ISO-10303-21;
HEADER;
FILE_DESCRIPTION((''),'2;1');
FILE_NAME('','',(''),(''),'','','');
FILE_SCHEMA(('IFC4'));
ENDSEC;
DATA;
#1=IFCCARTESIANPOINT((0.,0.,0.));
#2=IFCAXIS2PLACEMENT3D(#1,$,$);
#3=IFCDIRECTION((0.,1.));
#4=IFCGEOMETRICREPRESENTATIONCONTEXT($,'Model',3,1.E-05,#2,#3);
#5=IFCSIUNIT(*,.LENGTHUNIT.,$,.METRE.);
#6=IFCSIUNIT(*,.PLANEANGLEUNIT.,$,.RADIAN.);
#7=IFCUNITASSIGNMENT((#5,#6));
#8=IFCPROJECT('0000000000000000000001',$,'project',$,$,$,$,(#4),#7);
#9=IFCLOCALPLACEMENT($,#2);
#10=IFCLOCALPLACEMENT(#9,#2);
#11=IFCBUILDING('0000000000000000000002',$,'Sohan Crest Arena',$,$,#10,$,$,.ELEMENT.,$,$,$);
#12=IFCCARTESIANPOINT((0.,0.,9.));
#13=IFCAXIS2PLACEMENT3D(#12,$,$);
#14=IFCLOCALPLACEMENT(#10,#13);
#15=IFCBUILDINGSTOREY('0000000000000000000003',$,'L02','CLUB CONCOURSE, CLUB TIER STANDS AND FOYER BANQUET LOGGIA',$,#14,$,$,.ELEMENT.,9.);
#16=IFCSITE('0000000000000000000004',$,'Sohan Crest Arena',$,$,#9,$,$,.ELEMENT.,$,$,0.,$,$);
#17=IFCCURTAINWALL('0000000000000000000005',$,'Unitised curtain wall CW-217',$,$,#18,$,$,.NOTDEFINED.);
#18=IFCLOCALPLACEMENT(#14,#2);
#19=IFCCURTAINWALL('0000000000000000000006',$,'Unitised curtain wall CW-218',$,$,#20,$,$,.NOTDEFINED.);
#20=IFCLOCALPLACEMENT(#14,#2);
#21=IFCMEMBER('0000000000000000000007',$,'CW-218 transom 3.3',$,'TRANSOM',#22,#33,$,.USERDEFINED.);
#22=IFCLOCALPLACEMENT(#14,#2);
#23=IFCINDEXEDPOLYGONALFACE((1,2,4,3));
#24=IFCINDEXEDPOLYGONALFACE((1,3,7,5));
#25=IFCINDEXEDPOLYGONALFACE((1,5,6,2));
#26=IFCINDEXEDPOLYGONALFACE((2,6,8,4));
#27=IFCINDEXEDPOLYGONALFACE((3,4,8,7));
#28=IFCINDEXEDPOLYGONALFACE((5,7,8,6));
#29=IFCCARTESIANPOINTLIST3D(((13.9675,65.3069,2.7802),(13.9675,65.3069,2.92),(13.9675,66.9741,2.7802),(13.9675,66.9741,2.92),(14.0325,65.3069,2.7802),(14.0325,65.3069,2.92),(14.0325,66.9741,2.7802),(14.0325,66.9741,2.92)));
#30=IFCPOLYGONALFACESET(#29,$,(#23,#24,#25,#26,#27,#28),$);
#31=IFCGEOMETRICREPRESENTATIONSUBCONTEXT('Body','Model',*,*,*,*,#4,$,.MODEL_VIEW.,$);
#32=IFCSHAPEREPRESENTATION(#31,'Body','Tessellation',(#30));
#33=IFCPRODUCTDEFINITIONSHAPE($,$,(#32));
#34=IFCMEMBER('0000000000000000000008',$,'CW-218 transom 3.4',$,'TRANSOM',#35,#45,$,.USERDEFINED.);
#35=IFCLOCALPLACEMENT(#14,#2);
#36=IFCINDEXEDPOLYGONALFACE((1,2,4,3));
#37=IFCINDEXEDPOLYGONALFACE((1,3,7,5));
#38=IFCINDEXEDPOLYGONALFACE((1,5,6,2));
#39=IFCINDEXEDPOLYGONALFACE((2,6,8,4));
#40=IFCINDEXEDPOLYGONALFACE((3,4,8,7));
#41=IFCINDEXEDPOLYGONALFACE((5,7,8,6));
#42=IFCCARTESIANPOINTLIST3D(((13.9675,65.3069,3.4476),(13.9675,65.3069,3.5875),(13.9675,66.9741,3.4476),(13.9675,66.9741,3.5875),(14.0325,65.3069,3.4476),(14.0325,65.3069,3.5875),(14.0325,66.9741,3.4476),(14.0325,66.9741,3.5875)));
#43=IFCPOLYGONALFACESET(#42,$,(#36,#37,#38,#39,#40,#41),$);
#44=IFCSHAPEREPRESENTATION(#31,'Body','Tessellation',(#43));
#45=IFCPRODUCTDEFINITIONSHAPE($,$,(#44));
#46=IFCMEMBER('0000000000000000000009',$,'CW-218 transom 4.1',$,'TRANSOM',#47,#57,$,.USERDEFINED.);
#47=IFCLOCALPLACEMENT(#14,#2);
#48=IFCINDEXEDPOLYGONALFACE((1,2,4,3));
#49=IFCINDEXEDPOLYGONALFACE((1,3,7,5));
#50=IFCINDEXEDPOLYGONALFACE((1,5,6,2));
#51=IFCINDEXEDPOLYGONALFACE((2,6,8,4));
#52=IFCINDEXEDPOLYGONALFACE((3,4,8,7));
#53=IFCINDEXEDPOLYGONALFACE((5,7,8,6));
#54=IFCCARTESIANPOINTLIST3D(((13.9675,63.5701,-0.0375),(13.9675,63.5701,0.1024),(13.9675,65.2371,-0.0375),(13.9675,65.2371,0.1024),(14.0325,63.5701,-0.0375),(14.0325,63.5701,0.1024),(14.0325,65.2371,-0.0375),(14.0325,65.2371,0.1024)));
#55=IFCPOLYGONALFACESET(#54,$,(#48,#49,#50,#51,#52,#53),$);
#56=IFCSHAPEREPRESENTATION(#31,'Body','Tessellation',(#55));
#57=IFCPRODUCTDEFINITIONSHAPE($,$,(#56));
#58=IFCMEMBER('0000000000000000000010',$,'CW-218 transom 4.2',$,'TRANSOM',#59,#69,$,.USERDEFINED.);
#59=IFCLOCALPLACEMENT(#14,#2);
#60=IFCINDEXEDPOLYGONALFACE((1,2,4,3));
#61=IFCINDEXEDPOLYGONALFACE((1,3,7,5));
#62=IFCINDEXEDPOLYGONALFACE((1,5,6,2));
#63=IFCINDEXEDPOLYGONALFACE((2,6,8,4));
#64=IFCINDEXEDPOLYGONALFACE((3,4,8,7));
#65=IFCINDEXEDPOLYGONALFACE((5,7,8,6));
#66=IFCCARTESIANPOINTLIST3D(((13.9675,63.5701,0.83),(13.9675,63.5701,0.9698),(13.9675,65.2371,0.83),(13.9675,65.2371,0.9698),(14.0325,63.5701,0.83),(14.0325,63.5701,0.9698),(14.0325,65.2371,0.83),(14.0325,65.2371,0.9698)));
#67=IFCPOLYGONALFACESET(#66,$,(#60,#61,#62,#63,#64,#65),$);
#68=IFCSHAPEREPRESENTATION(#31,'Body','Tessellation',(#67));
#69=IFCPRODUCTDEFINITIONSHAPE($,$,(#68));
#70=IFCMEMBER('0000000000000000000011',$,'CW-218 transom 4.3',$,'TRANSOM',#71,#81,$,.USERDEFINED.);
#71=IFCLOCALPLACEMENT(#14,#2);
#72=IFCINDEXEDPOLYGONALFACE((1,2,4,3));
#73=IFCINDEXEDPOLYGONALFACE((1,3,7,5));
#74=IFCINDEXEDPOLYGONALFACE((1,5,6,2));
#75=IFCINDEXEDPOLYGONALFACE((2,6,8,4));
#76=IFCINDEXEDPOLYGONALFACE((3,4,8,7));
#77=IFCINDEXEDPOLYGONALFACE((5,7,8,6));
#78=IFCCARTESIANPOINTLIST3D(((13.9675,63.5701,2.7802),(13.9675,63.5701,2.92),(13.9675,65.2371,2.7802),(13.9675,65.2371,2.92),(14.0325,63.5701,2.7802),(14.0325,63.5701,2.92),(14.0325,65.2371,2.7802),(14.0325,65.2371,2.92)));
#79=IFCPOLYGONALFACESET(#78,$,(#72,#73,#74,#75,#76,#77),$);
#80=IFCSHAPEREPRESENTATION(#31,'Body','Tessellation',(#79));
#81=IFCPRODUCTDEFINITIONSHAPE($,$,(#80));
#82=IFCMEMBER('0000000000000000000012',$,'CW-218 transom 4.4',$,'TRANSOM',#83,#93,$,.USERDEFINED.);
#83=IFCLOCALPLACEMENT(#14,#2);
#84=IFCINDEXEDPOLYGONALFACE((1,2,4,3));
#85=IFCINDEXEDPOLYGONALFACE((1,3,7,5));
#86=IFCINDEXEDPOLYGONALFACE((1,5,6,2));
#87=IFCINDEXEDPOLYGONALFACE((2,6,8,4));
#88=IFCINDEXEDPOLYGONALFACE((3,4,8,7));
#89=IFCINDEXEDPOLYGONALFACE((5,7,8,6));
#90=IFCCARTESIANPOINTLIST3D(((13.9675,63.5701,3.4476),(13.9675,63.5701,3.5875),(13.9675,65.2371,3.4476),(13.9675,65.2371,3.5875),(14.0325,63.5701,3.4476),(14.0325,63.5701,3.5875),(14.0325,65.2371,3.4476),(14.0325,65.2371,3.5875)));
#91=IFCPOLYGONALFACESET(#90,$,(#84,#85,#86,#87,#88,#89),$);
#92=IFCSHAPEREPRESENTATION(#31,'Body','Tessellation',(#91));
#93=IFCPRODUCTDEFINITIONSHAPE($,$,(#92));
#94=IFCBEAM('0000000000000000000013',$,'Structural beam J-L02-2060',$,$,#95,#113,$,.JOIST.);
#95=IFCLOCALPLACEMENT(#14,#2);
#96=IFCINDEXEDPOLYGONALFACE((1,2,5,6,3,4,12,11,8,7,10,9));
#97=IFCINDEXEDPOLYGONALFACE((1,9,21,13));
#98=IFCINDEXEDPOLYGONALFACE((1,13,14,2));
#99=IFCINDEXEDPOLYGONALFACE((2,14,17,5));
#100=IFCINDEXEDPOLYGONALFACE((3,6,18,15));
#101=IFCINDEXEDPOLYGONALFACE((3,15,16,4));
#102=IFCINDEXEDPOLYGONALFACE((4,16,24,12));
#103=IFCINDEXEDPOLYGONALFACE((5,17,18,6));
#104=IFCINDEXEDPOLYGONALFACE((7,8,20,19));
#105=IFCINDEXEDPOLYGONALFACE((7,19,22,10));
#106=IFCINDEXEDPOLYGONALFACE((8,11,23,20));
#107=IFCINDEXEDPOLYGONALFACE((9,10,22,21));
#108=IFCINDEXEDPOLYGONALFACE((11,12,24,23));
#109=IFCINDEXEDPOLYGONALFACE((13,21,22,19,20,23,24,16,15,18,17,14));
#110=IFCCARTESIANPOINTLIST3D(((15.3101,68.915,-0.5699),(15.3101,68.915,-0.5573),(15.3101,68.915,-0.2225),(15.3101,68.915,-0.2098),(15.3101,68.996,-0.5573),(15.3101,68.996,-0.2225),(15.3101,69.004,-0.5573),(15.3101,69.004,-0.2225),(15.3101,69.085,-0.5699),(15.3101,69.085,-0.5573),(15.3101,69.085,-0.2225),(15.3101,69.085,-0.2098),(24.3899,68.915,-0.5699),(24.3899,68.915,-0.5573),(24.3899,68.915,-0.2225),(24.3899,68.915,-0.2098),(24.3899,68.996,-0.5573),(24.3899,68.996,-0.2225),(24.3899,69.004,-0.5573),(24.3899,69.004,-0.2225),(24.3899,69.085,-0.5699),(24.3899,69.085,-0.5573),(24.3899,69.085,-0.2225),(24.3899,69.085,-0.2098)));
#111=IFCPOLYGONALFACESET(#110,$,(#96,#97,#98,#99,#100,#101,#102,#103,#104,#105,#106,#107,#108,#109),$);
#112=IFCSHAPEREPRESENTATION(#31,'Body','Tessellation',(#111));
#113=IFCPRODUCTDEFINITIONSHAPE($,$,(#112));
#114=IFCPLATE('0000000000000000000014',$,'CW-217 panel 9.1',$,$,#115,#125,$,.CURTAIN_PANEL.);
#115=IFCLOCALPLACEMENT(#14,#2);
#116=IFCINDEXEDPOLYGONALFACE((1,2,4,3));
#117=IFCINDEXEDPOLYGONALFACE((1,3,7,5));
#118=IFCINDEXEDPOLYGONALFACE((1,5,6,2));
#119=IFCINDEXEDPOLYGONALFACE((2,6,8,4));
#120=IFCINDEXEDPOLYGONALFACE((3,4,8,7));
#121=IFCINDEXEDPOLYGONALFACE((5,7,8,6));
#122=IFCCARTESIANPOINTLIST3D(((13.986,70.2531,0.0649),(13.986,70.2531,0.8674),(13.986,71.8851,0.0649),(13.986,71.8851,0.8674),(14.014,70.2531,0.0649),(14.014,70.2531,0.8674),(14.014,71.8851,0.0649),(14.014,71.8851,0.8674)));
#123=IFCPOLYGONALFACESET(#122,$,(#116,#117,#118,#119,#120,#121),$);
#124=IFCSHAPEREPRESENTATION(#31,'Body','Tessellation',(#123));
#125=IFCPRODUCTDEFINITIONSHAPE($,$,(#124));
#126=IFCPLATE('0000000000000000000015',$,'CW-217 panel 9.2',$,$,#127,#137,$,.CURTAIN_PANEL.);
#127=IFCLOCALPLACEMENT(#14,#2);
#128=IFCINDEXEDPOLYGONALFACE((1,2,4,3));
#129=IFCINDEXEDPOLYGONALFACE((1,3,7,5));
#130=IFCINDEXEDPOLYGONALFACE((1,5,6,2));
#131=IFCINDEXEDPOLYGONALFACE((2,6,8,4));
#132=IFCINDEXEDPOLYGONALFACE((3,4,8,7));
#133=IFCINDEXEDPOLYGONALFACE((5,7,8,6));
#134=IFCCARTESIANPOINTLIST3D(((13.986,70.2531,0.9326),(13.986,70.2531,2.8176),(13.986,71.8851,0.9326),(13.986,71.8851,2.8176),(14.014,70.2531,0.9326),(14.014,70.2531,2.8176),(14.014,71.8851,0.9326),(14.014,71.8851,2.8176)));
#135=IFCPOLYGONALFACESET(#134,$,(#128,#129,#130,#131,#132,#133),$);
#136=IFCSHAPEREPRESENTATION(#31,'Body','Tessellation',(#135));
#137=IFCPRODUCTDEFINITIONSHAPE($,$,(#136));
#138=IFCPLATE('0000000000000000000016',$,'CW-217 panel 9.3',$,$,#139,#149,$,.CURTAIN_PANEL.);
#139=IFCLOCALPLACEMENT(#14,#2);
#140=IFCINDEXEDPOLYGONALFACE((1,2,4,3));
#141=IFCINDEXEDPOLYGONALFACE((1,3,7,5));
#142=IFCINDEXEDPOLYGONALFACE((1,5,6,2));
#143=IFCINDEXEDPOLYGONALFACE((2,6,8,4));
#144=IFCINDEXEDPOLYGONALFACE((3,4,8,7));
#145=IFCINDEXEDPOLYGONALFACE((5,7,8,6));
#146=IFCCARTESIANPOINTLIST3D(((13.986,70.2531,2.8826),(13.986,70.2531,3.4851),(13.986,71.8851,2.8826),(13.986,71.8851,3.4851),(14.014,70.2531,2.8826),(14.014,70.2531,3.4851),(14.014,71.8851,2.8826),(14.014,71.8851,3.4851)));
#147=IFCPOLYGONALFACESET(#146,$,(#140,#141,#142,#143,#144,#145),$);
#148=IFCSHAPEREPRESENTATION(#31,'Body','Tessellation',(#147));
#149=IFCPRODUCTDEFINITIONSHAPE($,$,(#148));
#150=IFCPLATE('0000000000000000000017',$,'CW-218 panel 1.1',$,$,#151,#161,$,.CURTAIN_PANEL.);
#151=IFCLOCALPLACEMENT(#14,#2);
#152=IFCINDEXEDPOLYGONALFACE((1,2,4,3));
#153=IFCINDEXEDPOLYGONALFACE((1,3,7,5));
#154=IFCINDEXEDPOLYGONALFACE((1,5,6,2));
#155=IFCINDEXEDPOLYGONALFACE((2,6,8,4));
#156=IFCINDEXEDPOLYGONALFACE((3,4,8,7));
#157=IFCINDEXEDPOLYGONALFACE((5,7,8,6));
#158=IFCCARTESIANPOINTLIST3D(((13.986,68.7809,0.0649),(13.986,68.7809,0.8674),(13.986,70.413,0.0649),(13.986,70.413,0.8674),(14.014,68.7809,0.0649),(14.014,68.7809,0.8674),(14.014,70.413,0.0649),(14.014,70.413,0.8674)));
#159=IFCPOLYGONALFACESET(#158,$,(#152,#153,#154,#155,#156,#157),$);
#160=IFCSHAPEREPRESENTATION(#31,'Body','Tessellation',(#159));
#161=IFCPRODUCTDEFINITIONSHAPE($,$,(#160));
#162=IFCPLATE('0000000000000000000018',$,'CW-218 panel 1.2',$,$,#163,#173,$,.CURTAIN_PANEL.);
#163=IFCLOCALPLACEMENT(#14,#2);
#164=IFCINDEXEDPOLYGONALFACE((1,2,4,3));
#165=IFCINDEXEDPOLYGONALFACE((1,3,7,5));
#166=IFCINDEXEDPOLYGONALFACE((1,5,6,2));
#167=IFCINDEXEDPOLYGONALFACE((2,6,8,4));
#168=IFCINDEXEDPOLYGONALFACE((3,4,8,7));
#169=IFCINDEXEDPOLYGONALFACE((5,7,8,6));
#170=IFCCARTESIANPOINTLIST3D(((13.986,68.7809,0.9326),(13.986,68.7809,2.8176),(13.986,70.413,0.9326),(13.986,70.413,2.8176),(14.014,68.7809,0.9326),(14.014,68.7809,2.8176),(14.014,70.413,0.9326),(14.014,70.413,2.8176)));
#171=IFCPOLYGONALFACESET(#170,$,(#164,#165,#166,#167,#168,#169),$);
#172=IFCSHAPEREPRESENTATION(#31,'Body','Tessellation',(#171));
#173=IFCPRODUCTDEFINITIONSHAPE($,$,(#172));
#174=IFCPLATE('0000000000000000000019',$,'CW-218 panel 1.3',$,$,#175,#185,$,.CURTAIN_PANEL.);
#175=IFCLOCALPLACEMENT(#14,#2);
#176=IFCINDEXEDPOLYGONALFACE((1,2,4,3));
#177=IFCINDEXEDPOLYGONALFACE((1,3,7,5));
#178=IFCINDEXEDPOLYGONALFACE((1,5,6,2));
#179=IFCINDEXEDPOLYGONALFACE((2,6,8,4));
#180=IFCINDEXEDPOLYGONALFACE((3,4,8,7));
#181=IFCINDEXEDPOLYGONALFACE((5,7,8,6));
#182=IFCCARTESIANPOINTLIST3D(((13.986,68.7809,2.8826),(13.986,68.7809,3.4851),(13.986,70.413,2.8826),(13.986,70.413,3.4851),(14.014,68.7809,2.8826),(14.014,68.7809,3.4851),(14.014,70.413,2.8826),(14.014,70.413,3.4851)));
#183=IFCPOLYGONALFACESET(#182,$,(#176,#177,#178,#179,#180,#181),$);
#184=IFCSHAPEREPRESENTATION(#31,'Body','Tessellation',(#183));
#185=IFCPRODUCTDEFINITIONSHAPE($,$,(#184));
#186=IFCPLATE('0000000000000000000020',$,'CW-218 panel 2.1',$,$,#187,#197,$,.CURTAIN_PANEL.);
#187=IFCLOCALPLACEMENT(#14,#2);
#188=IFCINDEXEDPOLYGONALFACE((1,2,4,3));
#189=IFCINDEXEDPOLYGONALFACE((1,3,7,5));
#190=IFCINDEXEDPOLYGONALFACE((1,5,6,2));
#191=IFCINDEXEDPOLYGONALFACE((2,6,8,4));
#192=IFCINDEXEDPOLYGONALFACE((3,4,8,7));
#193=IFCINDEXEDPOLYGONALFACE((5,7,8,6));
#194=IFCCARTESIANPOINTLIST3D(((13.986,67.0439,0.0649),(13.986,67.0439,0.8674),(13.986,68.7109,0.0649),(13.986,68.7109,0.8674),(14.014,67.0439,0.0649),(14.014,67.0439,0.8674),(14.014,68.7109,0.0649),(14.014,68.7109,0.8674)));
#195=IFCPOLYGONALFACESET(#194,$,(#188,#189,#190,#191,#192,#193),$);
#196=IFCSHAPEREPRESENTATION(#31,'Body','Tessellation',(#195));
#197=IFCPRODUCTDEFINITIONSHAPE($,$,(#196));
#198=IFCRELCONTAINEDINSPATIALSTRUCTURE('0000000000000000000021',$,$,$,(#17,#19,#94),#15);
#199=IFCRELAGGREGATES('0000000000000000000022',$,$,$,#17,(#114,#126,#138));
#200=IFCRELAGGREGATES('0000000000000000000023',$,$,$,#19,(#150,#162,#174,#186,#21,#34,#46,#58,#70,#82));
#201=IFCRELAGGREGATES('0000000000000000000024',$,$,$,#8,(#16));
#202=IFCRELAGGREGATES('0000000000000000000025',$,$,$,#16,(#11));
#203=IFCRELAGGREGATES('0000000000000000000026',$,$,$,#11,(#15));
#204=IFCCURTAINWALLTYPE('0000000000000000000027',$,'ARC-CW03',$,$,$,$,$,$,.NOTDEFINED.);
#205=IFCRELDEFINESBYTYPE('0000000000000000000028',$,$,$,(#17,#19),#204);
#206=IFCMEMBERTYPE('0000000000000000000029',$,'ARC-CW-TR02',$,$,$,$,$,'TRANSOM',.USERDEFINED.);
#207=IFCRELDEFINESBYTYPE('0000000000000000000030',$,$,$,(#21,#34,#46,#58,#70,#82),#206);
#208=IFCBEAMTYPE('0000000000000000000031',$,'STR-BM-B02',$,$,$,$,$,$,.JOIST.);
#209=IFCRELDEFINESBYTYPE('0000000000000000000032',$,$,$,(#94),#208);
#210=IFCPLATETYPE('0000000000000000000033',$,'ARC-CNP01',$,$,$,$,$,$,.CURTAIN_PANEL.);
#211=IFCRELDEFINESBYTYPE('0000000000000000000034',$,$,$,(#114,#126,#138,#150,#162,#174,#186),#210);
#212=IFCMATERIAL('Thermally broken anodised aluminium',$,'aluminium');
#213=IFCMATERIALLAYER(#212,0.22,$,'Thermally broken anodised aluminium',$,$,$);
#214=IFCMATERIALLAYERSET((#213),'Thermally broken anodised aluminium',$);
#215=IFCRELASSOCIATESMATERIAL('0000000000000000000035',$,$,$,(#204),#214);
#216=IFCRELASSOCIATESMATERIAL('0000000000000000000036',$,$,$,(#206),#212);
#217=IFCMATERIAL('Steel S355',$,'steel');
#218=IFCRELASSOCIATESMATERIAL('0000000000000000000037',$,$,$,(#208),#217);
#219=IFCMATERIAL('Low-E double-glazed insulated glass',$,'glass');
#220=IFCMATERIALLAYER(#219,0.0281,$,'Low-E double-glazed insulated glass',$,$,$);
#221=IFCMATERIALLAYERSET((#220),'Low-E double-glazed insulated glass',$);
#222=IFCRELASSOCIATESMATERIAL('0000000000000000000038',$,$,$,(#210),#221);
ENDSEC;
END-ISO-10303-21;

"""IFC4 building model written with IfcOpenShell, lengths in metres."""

from ifc_helpers import new_model, si_unit, direction, frame, origin, origin_2d, place, context, subcontext, project, spatial, rectangle, i_section, extrude, material, layer, layer_set, material_profile, profile_set, type_object, element, aggregate, save


model = new_model("IFC4")

# Units and contexts
model_context = context("Model", 3, precision=1e-05, world=origin(), true_north=direction((0.0, 1.0)))
body_context = subcontext(model_context, "Body", "Model", "MODEL_VIEW")
ifc_project = project(units=[si_unit("LENGTHUNIT", "METRE"), si_unit("PLANEANGLEUNIT", "RADIAN")], contexts=[model_context])

# Site, building, storey
site_placement = place(None, origin())
site = spatial("IfcSite", under=ifc_project, at=site_placement, Name="Sohan Crest Arena", CompositionType="ELEMENT", RefElevation=0.0)
building_placement = place(site_placement, origin())
building = spatial("IfcBuilding", under=site, at=building_placement, Name="Sohan Crest Arena", CompositionType="ELEMENT")
storey_placement = place(building_placement, frame((0.0, 0.0, 9.0)))
storey = spatial("IfcBuildingStorey", under=building, at=storey_placement, Name="L02", Description="CLUB CONCOURSE, CLUB TIER STANDS AND FOYER BANQUET LOGGIA", CompositionType="ELEMENT", Elevation=9.0)

# Curtain wall
ifc_material_1 = material(Name="Thermally broken anodised aluminium", Category="aluminium")
ifc_layer_1 = layer(ifc_material_1, 0.22, Name="Thermally broken anodised aluminium")
ifc_layer_set_1 = layer_set([ifc_layer_1], Name="Thermally broken anodised aluminium")
curtain_wall_type = type_object("IfcCurtainWallType", Name="ARC-CW03", PredefinedType="NOTDEFINED", material=ifc_layer_set_1)
curtain_wall_1_placement = place(storey_placement, origin())
curtain_wall_1 = element("IfcCurtainWall", 1, at=curtain_wall_1_placement, inside=storey, type_object=curtain_wall_type, Name="Unitised curtain wall CW-217", PredefinedType="NOTDEFINED")

# Curtain wall, members
curtain_wall_2_placement = place(storey_placement, origin())
curtain_wall_2 = element("IfcCurtainWall", 2, at=curtain_wall_2_placement, inside=storey, type_object=curtain_wall_type, Name="Unitised curtain wall CW-218", PredefinedType="NOTDEFINED")
ifc_material_profile_1 = material_profile(ifc_material_1, rectangle(XDim=0.0649, YDim=0.1399, at=origin_2d()), Name="ALU-TRAN 65x140")
ifc_profile_set_1 = profile_set([ifc_material_profile_1], Name="Thermally broken anodised aluminium")
member_type_1 = type_object("IfcMemberType", Name="ARC-CW-TR02", ElementType="TRANSOM", PredefinedType="USERDEFINED", material=ifc_profile_set_1)
member_1_placement = place(storey_placement, frame((14.0, 66.9741, 2.8501), z_axis=(0.0, -1.0, 0.0), x_axis=(1.0, 0.0, 0.0)))
member_1 = element("IfcMember", 3, at=member_1_placement, type_object=member_type_1, Name="CW-218 transom 3.3", ObjectType="TRANSOM", PredefinedType="USERDEFINED", context=body_context, shape_type="SweptSolid", body=[
    extrude(rectangle(XDim=0.0649, YDim=0.1399, at=origin_2d()), origin(), (0.0, 0.0, 1.0), 1.6672),
])
member_2_placement = place(storey_placement, frame((14.0, 66.9741, 3.5176), z_axis=(0.0, -1.0, 0.0), x_axis=(1.0, 0.0, 0.0)))
member_2 = element("IfcMember", 4, at=member_2_placement, type_object=member_type_1, Name="CW-218 transom 3.4", ObjectType="TRANSOM", PredefinedType="USERDEFINED", context=body_context, shape_type="SweptSolid", body=[
    extrude(rectangle(XDim=0.0649, YDim=0.1399, at=origin_2d()), origin(), (0.0, 0.0, 1.0), 1.6672),
])
member_3_placement = place(storey_placement, frame((14.0, 65.2371, 0.0325), z_axis=(0.0, -1.0, 0.0), x_axis=(1.0, 0.0, 0.0)))
member_3 = element("IfcMember", 5, at=member_3_placement, type_object=member_type_1, Name="CW-218 transom 4.1", ObjectType="TRANSOM", PredefinedType="USERDEFINED", context=body_context, shape_type="SweptSolid", body=[
    extrude(rectangle(XDim=0.0649, YDim=0.1399, at=origin_2d()), origin(), (0.0, 0.0, 1.0), 1.667),
])
member_4_placement = place(storey_placement, frame((14.0, 65.2371, 0.8999), z_axis=(0.0, -1.0, 0.0), x_axis=(1.0, 0.0, 0.0)))
member_4 = element("IfcMember", 6, at=member_4_placement, type_object=member_type_1, Name="CW-218 transom 4.2", ObjectType="TRANSOM", PredefinedType="USERDEFINED", context=body_context, shape_type="SweptSolid", body=[
    extrude(rectangle(XDim=0.0649, YDim=0.1399, at=origin_2d()), origin(), (0.0, 0.0, 1.0), 1.667),
])
member_5_placement = place(storey_placement, frame((14.0, 65.2371, 2.8501), z_axis=(0.0, -1.0, 0.0), x_axis=(1.0, 0.0, 0.0)))
member_5 = element("IfcMember", 7, at=member_5_placement, type_object=member_type_1, Name="CW-218 transom 4.3", ObjectType="TRANSOM", PredefinedType="USERDEFINED", context=body_context, shape_type="SweptSolid", body=[
    extrude(rectangle(XDim=0.0649, YDim=0.1399, at=origin_2d()), origin(), (0.0, 0.0, 1.0), 1.667),
])
member_6_placement = place(storey_placement, frame((14.0, 65.2371, 3.5176), z_axis=(0.0, -1.0, 0.0), x_axis=(1.0, 0.0, 0.0)))
member_6 = element("IfcMember", 8, at=member_6_placement, type_object=member_type_1, Name="CW-218 transom 4.4", ObjectType="TRANSOM", PredefinedType="USERDEFINED", context=body_context, shape_type="SweptSolid", body=[
    extrude(rectangle(XDim=0.0649, YDim=0.1399, at=origin_2d()), origin(), (0.0, 0.0, 1.0), 1.667),
])

# Beam
ifc_material_2 = material(Name="Steel S355", Category="steel")
ifc_material_profile_2 = material_profile(ifc_material_2, i_section(OverallWidth=0.1699, OverallDepth=0.3601, WebThickness=0.0081, FlangeThickness=0.0127, at=origin_2d()), Name="IPE 360")
ifc_profile_set_2 = profile_set([ifc_material_profile_2], Name="Steel S355")
beam_type = type_object("IfcBeamType", Name="STR-BM-B02", PredefinedType="JOIST", material=ifc_profile_set_2)
beam_placement = place(storey_placement, frame((15.3101, 69.0, -0.3899), z_axis=(1.0, 0.0, 0.0), x_axis=(0.0, 1.0, 0.0)))
element("IfcBeam", 9, at=beam_placement, inside=storey, type_object=beam_type, Name="Structural beam J-L02-2060", PredefinedType="JOIST", context=body_context, shape_type="SweptSolid", body=[
    extrude(i_section(OverallWidth=0.1699, OverallDepth=0.3601, WebThickness=0.0081, FlangeThickness=0.0127, at=origin_2d()), origin(), (0.0, 0.0, 1.0), 9.0798),
])

# Plates
ifc_material_3 = material(Name="Low-E double-glazed insulated glass", Category="glass")
ifc_layer_2 = layer(ifc_material_3, 0.0281, Name="Low-E double-glazed insulated glass")
ifc_layer_set_2 = layer_set([ifc_layer_2], Name="Low-E double-glazed insulated glass")
plate_type = type_object("IfcPlateType", Name="ARC-CNP01", PredefinedType="CURTAIN_PANEL", material=ifc_layer_set_2)
plate_1_placement = place(storey_placement, frame((14.0, 71.0691, 0.0649), z_axis=(0.0, 0.0, 1.0), x_axis=(0.0, -1.0, 0.0)))
plate_1 = element("IfcPlate", 10, at=plate_1_placement, type_object=plate_type, Name="CW-217 panel 9.1", PredefinedType="CURTAIN_PANEL", context=body_context, shape_type="SweptSolid", body=[
    extrude(rectangle(XDim=1.6321, YDim=0.0281, at=origin_2d()), origin(), (0.0, 0.0, 1.0), 0.8025),
])
plate_2_placement = place(storey_placement, frame((14.0, 71.0691, 0.9326), z_axis=(0.0, 0.0, 1.0), x_axis=(0.0, -1.0, 0.0)))
plate_2 = element("IfcPlate", 11, at=plate_2_placement, type_object=plate_type, Name="CW-217 panel 9.2", PredefinedType="CURTAIN_PANEL", context=body_context, shape_type="SweptSolid", body=[
    extrude(rectangle(XDim=1.6321, YDim=0.0281, at=origin_2d()), origin(), (0.0, 0.0, 1.0), 1.885),
])
plate_3_placement = place(storey_placement, frame((14.0, 71.0691, 2.8826), z_axis=(0.0, 0.0, 1.0), x_axis=(0.0, -1.0, 0.0)))
plate_3 = element("IfcPlate", 12, at=plate_3_placement, type_object=plate_type, Name="CW-217 panel 9.3", PredefinedType="CURTAIN_PANEL", context=body_context, shape_type="SweptSolid", body=[
    extrude(rectangle(XDim=1.6321, YDim=0.0281, at=origin_2d()), origin(), (0.0, 0.0, 1.0), 0.6025),
])
aggregate(curtain_wall_1, [plate_1, plate_2, plate_3])
plate_4_placement = place(storey_placement, frame((14.0, 69.5969, 0.0649), z_axis=(0.0, 0.0, 1.0), x_axis=(0.0, -1.0, 0.0)))
plate_4 = element("IfcPlate", 13, at=plate_4_placement, type_object=plate_type, Name="CW-218 panel 1.1", PredefinedType="CURTAIN_PANEL", context=body_context, shape_type="SweptSolid", body=[
    extrude(rectangle(XDim=1.6321, YDim=0.0281, at=origin_2d()), origin(), (0.0, 0.0, 1.0), 0.8025),
])
plate_5_placement = place(storey_placement, frame((14.0, 69.5969, 0.9326), z_axis=(0.0, 0.0, 1.0), x_axis=(0.0, -1.0, 0.0)))
plate_5 = element("IfcPlate", 14, at=plate_5_placement, type_object=plate_type, Name="CW-218 panel 1.2", PredefinedType="CURTAIN_PANEL", context=body_context, shape_type="SweptSolid", body=[
    extrude(rectangle(XDim=1.6321, YDim=0.0281, at=origin_2d()), origin(), (0.0, 0.0, 1.0), 1.885),
])
plate_6_placement = place(storey_placement, frame((14.0, 69.5969, 2.8826), z_axis=(0.0, 0.0, 1.0), x_axis=(0.0, -1.0, 0.0)))
plate_6 = element("IfcPlate", 15, at=plate_6_placement, type_object=plate_type, Name="CW-218 panel 1.3", PredefinedType="CURTAIN_PANEL", context=body_context, shape_type="SweptSolid", body=[
    extrude(rectangle(XDim=1.6321, YDim=0.0281, at=origin_2d()), origin(), (0.0, 0.0, 1.0), 0.6025),
])
plate_7_placement = place(storey_placement, frame((14.0, 67.8774, 0.0649), z_axis=(0.0, 0.0, 1.0), x_axis=(0.0, -1.0, 0.0)))
plate_7 = element("IfcPlate", 16, at=plate_7_placement, type_object=plate_type, Name="CW-218 panel 2.1", PredefinedType="CURTAIN_PANEL", context=body_context, shape_type="SweptSolid", body=[
    extrude(rectangle(XDim=1.667, YDim=0.0281, at=origin_2d()), origin(), (0.0, 0.0, 1.0), 0.8025),
])
aggregate(curtain_wall_2, [plate_4, plate_5, plate_6, plate_7, member_1, member_2, member_3, member_4, member_5, member_6])

save(model, "model.ifc")
